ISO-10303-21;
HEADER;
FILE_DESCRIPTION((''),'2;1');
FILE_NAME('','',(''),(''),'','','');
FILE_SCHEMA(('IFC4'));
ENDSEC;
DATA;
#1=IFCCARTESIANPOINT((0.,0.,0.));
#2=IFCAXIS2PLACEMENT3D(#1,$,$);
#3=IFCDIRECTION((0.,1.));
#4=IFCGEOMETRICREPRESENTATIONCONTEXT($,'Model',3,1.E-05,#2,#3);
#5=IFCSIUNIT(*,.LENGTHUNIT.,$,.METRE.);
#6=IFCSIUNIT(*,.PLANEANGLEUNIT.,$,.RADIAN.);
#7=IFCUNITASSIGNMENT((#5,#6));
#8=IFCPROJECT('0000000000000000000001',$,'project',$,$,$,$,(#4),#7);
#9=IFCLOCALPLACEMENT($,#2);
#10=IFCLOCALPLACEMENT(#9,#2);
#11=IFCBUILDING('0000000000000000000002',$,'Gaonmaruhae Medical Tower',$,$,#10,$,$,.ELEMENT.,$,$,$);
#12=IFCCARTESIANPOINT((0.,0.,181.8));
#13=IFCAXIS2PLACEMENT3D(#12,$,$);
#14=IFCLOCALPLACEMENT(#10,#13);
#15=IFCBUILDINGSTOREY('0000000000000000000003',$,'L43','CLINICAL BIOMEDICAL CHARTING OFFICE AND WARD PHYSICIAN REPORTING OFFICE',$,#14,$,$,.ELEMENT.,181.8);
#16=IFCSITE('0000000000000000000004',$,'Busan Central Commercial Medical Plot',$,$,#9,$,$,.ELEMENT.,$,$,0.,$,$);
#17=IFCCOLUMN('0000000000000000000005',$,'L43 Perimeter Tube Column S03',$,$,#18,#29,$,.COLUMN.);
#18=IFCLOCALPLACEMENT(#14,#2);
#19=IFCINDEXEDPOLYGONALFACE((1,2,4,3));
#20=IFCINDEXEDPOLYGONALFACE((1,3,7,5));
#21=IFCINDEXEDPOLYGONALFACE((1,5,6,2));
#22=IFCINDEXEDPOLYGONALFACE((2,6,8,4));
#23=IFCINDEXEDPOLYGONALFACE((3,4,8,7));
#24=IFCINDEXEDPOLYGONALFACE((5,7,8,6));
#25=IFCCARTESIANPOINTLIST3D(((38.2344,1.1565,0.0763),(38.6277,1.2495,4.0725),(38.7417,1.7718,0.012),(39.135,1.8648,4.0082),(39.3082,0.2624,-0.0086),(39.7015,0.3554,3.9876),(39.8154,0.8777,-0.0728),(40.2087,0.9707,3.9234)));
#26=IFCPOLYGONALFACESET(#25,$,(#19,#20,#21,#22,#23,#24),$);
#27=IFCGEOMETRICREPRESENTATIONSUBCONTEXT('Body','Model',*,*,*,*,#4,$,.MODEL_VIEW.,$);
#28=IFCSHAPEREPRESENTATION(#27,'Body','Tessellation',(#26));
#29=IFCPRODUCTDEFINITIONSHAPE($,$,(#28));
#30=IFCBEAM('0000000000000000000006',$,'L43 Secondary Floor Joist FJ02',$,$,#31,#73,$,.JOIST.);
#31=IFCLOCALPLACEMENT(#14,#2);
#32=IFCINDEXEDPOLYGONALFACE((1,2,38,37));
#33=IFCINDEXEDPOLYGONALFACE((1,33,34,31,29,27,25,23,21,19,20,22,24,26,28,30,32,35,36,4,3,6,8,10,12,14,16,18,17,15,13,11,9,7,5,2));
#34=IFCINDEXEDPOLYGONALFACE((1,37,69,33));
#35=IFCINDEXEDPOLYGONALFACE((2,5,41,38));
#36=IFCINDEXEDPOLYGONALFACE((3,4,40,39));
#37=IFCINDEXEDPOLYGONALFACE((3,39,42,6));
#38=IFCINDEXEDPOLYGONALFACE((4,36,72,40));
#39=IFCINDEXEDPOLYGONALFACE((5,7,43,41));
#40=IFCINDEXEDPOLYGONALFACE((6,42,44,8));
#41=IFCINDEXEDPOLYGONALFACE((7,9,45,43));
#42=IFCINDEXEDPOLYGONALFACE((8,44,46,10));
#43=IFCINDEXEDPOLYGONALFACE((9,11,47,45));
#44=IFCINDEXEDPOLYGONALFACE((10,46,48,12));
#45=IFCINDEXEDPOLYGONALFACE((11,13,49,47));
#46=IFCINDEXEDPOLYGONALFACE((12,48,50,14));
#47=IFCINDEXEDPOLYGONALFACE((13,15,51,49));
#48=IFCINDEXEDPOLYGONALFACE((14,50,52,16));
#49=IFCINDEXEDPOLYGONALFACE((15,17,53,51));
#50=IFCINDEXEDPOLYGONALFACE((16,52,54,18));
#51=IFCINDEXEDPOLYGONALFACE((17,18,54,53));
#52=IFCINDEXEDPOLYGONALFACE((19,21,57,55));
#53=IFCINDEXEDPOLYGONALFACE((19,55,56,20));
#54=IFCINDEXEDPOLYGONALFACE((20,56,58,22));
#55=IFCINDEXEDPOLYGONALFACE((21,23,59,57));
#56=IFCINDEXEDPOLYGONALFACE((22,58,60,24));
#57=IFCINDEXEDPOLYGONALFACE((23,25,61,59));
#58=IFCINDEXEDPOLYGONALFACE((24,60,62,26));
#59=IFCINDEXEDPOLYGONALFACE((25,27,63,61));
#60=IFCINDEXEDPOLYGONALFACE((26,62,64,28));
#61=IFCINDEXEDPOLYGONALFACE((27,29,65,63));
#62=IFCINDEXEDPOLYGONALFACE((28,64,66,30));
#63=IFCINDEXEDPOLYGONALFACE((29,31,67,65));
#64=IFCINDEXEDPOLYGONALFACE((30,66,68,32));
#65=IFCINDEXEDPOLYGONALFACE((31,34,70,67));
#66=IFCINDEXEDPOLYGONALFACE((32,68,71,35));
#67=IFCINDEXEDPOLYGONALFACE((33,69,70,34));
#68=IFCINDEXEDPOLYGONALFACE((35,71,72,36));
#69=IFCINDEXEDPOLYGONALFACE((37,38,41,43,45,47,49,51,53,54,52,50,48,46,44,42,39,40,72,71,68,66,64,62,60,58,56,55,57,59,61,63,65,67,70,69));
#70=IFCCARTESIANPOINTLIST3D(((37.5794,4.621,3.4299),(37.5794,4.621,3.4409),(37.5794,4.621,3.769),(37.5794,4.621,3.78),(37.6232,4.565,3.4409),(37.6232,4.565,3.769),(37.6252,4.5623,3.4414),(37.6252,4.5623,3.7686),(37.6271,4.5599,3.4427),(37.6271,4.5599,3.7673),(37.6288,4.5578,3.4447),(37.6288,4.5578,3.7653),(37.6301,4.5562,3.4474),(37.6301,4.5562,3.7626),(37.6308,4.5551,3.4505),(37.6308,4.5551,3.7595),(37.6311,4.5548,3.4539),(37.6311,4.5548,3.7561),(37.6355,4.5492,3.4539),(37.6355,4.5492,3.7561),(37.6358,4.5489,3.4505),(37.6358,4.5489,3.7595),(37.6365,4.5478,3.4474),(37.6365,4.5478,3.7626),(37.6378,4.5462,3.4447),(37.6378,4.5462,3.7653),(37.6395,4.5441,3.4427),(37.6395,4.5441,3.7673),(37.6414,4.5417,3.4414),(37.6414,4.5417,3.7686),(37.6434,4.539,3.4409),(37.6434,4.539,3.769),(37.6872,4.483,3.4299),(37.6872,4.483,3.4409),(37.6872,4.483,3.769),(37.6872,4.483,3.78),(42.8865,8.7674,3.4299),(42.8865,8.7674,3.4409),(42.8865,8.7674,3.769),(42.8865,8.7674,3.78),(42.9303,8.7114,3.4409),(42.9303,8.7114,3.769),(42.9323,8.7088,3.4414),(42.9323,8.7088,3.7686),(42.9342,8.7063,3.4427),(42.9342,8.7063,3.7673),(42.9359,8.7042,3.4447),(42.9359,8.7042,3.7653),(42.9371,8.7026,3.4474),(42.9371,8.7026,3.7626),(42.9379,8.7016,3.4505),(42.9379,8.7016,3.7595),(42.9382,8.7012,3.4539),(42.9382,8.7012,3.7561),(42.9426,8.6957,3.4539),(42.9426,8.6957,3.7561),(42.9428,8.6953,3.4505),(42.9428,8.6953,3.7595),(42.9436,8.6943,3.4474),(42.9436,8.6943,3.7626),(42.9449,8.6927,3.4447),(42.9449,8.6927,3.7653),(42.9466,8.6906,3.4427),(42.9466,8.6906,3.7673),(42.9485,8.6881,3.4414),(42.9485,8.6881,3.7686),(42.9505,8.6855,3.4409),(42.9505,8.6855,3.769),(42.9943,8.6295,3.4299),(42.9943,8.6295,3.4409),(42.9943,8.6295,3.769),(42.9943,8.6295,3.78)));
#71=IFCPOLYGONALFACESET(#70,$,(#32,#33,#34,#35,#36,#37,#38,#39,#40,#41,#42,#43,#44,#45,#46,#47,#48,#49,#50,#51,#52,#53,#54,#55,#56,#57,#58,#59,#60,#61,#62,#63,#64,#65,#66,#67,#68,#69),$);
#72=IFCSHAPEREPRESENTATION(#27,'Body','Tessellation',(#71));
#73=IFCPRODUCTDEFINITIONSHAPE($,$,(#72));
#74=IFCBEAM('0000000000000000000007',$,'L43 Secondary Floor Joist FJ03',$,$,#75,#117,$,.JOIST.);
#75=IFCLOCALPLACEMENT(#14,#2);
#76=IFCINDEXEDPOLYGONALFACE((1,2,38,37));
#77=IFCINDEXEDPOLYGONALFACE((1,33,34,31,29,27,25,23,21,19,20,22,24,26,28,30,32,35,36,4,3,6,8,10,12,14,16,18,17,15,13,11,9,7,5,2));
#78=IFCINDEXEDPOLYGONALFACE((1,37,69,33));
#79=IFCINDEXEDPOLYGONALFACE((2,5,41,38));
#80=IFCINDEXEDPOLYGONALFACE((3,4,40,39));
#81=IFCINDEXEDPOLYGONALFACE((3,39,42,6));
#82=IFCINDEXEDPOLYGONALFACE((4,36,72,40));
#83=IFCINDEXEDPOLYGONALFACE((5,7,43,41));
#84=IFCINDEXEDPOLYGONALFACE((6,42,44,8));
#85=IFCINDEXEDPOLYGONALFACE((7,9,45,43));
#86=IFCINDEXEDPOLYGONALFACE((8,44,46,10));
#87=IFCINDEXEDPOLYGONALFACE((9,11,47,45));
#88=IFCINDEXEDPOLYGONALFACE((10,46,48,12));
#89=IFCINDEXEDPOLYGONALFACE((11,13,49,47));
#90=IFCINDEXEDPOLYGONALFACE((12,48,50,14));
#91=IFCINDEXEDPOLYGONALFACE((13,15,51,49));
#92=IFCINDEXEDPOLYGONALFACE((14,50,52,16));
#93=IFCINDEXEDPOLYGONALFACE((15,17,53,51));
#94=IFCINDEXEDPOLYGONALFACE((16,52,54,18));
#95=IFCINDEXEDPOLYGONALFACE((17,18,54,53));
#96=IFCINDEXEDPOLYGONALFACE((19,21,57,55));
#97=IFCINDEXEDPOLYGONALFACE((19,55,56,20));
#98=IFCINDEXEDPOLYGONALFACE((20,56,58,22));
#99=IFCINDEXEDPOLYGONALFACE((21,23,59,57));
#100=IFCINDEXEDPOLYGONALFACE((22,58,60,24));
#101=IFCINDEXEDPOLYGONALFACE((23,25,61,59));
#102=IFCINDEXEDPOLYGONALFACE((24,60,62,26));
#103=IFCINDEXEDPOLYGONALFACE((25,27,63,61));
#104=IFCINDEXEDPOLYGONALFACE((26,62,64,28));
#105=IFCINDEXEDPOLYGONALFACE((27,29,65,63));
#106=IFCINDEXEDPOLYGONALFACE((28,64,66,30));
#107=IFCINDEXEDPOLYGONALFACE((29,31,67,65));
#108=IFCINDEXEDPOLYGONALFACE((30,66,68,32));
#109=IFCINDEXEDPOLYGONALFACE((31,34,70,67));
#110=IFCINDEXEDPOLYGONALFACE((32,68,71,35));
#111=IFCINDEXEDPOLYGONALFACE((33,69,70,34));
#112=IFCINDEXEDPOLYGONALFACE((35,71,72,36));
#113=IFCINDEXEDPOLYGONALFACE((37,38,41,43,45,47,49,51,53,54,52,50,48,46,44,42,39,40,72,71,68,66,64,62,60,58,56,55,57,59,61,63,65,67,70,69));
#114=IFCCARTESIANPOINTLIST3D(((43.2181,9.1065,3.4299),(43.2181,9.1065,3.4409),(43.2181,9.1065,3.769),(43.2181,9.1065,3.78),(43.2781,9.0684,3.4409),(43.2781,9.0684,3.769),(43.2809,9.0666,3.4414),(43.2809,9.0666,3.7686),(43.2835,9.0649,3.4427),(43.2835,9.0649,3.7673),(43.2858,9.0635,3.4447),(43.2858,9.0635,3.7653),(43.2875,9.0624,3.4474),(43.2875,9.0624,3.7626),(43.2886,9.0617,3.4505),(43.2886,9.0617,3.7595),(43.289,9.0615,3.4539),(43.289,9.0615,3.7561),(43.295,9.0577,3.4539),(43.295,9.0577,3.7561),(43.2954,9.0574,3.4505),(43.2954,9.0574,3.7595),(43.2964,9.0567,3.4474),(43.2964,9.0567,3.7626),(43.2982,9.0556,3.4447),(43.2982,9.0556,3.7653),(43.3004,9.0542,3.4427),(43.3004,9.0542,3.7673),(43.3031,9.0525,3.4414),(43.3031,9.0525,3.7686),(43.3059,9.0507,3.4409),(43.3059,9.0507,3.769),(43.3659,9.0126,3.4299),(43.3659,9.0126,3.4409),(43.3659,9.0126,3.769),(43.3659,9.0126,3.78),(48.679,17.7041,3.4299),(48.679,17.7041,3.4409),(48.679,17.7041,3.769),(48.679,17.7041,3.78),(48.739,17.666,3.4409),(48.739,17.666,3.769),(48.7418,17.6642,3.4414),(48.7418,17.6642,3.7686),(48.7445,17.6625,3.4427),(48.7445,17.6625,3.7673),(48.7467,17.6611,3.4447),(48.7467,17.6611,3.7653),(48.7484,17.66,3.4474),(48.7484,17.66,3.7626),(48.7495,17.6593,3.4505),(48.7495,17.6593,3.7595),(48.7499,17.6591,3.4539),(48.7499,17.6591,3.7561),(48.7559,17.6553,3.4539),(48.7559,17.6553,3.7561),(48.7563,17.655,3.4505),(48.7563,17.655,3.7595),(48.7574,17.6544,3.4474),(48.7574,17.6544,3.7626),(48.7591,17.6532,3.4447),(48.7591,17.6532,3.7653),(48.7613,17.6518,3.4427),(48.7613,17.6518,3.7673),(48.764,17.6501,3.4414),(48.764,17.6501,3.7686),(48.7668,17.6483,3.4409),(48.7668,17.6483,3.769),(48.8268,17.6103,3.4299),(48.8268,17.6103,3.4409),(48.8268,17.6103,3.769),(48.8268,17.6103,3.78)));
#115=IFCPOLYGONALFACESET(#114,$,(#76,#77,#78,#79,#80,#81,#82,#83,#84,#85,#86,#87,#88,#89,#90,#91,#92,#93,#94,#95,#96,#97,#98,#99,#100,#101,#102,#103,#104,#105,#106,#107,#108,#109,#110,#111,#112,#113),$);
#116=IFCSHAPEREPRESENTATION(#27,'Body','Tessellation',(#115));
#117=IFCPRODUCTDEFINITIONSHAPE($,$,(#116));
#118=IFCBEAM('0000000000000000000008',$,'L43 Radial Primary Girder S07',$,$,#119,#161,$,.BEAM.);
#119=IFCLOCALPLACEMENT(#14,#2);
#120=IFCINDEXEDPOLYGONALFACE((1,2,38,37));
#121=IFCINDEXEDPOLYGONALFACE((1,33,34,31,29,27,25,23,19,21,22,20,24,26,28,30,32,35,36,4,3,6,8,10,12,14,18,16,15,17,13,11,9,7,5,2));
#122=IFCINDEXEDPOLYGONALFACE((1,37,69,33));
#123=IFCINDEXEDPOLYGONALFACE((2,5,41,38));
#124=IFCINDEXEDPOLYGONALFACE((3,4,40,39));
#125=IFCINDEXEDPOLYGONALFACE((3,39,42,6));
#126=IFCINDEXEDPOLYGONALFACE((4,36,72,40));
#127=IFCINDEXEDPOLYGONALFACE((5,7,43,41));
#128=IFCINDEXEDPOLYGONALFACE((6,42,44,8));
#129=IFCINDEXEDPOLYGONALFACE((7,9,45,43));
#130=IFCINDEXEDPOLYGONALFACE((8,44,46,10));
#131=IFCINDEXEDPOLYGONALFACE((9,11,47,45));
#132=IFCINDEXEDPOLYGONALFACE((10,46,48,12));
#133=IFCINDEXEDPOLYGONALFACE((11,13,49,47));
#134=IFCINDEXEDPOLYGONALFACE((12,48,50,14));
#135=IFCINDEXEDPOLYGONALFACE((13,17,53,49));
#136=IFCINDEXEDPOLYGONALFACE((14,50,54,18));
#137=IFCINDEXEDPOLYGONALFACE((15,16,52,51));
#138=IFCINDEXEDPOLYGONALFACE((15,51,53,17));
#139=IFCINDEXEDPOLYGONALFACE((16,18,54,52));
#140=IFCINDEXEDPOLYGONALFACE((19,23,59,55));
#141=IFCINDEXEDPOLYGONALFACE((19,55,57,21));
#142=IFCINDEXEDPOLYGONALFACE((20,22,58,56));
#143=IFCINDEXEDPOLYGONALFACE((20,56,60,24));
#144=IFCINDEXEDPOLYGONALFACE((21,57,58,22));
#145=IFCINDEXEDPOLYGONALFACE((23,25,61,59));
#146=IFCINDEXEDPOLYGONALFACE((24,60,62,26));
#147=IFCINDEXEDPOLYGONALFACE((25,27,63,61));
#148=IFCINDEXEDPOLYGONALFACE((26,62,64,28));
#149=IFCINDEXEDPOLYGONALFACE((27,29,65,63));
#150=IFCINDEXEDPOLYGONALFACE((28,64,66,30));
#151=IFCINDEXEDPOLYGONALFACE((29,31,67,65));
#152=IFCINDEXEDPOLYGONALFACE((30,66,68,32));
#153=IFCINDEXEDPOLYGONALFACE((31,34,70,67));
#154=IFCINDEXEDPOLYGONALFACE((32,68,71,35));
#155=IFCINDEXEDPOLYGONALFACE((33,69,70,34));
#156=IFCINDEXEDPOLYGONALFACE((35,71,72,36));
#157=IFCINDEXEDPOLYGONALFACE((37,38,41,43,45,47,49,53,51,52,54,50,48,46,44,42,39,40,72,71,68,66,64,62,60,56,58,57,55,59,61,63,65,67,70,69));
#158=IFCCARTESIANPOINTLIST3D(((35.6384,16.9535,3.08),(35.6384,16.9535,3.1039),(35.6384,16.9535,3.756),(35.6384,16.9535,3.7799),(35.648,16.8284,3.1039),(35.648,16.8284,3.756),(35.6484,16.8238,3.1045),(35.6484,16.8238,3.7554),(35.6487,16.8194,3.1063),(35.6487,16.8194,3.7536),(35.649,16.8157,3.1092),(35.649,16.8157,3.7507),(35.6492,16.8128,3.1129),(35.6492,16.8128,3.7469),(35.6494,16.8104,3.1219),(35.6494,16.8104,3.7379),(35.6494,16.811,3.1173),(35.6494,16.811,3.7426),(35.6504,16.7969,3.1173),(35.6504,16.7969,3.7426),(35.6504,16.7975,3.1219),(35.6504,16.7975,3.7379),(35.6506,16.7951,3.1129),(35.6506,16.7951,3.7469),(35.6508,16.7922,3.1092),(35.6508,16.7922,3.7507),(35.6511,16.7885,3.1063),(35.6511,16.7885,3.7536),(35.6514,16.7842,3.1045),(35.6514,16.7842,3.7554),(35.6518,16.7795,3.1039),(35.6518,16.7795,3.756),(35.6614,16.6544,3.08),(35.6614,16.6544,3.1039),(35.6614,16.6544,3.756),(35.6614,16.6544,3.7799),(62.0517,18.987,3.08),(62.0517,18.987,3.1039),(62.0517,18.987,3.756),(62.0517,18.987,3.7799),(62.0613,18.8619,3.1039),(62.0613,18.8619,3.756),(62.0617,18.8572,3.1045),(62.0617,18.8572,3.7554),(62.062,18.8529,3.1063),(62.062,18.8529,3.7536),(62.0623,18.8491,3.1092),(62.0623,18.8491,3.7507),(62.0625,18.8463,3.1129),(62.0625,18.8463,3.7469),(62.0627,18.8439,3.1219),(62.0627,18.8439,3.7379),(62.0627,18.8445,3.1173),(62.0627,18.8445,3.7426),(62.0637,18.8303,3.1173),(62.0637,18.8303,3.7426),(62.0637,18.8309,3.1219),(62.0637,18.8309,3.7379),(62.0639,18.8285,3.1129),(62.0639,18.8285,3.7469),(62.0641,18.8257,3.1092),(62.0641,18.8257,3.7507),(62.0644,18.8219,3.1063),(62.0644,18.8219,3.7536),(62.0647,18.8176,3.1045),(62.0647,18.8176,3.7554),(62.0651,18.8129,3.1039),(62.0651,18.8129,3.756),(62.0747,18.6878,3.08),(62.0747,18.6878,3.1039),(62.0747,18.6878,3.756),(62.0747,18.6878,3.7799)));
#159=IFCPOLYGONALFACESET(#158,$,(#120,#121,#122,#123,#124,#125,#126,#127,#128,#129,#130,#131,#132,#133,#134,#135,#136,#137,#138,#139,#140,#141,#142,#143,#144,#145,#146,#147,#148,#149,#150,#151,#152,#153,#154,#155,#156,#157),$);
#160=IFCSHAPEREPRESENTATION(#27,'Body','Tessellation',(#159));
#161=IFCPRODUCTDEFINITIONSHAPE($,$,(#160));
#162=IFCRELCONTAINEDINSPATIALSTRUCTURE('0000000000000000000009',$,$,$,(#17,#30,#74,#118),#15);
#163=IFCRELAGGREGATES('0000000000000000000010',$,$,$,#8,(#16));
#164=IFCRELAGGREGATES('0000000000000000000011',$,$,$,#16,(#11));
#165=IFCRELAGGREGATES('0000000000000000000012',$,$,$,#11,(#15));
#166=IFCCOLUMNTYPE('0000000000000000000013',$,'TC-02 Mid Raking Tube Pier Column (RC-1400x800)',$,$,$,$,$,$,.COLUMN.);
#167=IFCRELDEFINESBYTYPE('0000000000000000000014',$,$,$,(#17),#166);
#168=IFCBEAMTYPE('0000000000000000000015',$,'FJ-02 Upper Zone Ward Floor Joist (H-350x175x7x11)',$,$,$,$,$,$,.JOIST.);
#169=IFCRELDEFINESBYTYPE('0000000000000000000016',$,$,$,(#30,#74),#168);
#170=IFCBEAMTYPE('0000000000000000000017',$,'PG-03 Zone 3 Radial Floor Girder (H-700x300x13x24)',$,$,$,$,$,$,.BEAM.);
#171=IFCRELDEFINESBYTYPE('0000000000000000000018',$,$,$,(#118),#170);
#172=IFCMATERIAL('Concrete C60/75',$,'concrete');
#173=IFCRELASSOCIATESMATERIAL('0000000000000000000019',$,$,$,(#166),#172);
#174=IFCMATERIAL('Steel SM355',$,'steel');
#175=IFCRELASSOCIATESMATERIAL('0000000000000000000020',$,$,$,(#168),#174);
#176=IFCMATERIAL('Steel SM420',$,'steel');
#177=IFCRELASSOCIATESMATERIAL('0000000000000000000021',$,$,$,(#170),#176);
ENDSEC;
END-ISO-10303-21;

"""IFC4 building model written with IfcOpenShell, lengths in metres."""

from ifc_helpers import new_model, si_unit, direction, frame, origin, origin_2d, place, context, subcontext, project, spatial, rectangle, i_section, extrude, material, material_profile, profile_set, type_object, element, save


model = new_model("IFC4")

# Units and contexts
model_context = context("Model", 3, precision=1e-05, world=origin(), true_north=direction((0.0, 1.0)))
body_context = subcontext(model_context, "Body", "Model", "MODEL_VIEW")
ifc_project = project(units=[si_unit("LENGTHUNIT", "METRE"), si_unit("PLANEANGLEUNIT", "RADIAN")], contexts=[model_context])

# Site, building, storey
site_placement = place(None, origin())
site = spatial("IfcSite", under=ifc_project, at=site_placement, Name="Busan Central Commercial Medical Plot", CompositionType="ELEMENT", RefElevation=0.0)
building_placement = place(site_placement, origin())
building = spatial("IfcBuilding", under=site, at=building_placement, Name="Gaonmaruhae Medical Tower", CompositionType="ELEMENT")
storey_placement = place(building_placement, frame((0.0, 0.0, 181.8)))
storey = spatial("IfcBuildingStorey", under=building, at=storey_placement, Name="L43", Description="CLINICAL BIOMEDICAL CHARTING OFFICE AND WARD PHYSICIAN REPORTING OFFICE", CompositionType="ELEMENT", Elevation=181.8)

# Column
ifc_material_1 = material(Name="Concrete C60/75", Category="concrete")
ifc_material_profile_1 = material_profile(ifc_material_1, rectangle(XDim=1.3999, YDim=0.8, at=origin_2d()), Name="RC-1400x800")
ifc_profile_set_1 = profile_set([ifc_material_profile_1], Name="Concrete C60/75")
column_type = type_object("IfcColumnType", Name="TC-02 Mid Raking Tube Pier Column (RC-1400x800)", PredefinedType="COLUMN", material=ifc_profile_set_1)
column_placement = place(storey_placement, frame((39.0249, 1.0171, 0.0017), z_axis=(0.097918, 0.023158, 0.994925), x_axis=(-0.767047, 0.63872, 0.060624)))
element("IfcColumn", 1, at=column_placement, inside=storey, type_object=column_type, Name="L43 Perimeter Tube Column S03", PredefinedType="COLUMN", context=body_context, shape_type="SweptSolid", body=[
    extrude(rectangle(XDim=1.3999, YDim=0.8, at=origin_2d()), origin(), (0.0, 0.0, 1.0), 4.0166),
])

# Beams
ifc_material_2 = material(Name="Steel SM355", Category="steel")
ifc_material_profile_2 = material_profile(ifc_material_2, i_section(OverallWidth=0.175, OverallDepth=0.3501, WebThickness=0.0071, FlangeThickness=0.011, FilletRadius=0.0129, at=origin_2d()), Name="H-350x175x7x11")
ifc_profile_set_2 = profile_set([ifc_material_profile_2], Name="Steel SM355")
beam_type_1 = type_object("IfcBeamType", Name="FJ-02 Upper Zone Ward Floor Joist (H-350x175x7x11)", PredefinedType="JOIST", material=ifc_profile_set_2)
beam_1_placement = place(storey_placement, frame((37.6333, 4.552, 3.605), z_axis=(0.788003, 0.615671, 0.0), x_axis=(-0.615671, 0.788003, 0.0)))
element("IfcBeam", 2, at=beam_1_placement, inside=storey, type_object=beam_type_1, Name="L43 Secondary Floor Joist FJ02", PredefinedType="JOIST", context=body_context, shape_type="SweptSolid", body=[
    extrude(i_section(OverallWidth=0.175, OverallDepth=0.3501, WebThickness=0.0071, FlangeThickness=0.011, FilletRadius=0.0129, at=origin_2d()), origin(), (0.0, 0.0, 1.0), 6.7349),
])
beam_2_placement = place(storey_placement, frame((43.292, 9.0596, 3.605), z_axis=(0.536156, 0.844119, 0.0), x_axis=(-0.844119, 0.536156, 0.0)))
element("IfcBeam", 3, at=beam_2_placement, inside=storey, type_object=beam_type_1, Name="L43 Secondary Floor Joist FJ03", PredefinedType="JOIST", context=body_context, shape_type="SweptSolid", body=[
    extrude(i_section(OverallWidth=0.175, OverallDepth=0.3501, WebThickness=0.0071, FlangeThickness=0.011, FilletRadius=0.0129, at=origin_2d()), origin(), (0.0, 0.0, 1.0), 10.1853),
])
ifc_material_3 = material(Name="Steel SM420", Category="steel")
ifc_material_profile_3 = material_profile(ifc_material_3, i_section(OverallWidth=0.3, OverallDepth=0.7, WebThickness=0.0129, FlangeThickness=0.0239, FilletRadius=0.0181, at=origin_2d()), Name="H-700x300x13x24")
ifc_profile_set_3 = profile_set([ifc_material_profile_3], Name="Steel SM420")
beam_type_2 = type_object("IfcBeamType", Name="PG-03 Zone 3 Radial Floor Girder (H-700x300x13x24)", PredefinedType="BEAM", material=ifc_profile_set_3)
beam_3_placement = place(storey_placement, frame((35.6499, 16.804, 3.4299), z_axis=(0.99705, 0.076759, 0.0), x_axis=(-0.076759, 0.99705, 0.0)))
element("IfcBeam", 4, at=beam_3_placement, inside=storey, type_object=beam_type_2, Name="L43 Radial Primary Girder S07", PredefinedType="BEAM", context=body_context, shape_type="SweptSolid", body=[
    extrude(i_section(OverallWidth=0.3, OverallDepth=0.7, WebThickness=0.0129, FlangeThickness=0.0239, FilletRadius=0.0181, at=origin_2d()), origin(), (0.0, 0.0, 1.0), 26.4915),
])

save(model, "model.ifc")
